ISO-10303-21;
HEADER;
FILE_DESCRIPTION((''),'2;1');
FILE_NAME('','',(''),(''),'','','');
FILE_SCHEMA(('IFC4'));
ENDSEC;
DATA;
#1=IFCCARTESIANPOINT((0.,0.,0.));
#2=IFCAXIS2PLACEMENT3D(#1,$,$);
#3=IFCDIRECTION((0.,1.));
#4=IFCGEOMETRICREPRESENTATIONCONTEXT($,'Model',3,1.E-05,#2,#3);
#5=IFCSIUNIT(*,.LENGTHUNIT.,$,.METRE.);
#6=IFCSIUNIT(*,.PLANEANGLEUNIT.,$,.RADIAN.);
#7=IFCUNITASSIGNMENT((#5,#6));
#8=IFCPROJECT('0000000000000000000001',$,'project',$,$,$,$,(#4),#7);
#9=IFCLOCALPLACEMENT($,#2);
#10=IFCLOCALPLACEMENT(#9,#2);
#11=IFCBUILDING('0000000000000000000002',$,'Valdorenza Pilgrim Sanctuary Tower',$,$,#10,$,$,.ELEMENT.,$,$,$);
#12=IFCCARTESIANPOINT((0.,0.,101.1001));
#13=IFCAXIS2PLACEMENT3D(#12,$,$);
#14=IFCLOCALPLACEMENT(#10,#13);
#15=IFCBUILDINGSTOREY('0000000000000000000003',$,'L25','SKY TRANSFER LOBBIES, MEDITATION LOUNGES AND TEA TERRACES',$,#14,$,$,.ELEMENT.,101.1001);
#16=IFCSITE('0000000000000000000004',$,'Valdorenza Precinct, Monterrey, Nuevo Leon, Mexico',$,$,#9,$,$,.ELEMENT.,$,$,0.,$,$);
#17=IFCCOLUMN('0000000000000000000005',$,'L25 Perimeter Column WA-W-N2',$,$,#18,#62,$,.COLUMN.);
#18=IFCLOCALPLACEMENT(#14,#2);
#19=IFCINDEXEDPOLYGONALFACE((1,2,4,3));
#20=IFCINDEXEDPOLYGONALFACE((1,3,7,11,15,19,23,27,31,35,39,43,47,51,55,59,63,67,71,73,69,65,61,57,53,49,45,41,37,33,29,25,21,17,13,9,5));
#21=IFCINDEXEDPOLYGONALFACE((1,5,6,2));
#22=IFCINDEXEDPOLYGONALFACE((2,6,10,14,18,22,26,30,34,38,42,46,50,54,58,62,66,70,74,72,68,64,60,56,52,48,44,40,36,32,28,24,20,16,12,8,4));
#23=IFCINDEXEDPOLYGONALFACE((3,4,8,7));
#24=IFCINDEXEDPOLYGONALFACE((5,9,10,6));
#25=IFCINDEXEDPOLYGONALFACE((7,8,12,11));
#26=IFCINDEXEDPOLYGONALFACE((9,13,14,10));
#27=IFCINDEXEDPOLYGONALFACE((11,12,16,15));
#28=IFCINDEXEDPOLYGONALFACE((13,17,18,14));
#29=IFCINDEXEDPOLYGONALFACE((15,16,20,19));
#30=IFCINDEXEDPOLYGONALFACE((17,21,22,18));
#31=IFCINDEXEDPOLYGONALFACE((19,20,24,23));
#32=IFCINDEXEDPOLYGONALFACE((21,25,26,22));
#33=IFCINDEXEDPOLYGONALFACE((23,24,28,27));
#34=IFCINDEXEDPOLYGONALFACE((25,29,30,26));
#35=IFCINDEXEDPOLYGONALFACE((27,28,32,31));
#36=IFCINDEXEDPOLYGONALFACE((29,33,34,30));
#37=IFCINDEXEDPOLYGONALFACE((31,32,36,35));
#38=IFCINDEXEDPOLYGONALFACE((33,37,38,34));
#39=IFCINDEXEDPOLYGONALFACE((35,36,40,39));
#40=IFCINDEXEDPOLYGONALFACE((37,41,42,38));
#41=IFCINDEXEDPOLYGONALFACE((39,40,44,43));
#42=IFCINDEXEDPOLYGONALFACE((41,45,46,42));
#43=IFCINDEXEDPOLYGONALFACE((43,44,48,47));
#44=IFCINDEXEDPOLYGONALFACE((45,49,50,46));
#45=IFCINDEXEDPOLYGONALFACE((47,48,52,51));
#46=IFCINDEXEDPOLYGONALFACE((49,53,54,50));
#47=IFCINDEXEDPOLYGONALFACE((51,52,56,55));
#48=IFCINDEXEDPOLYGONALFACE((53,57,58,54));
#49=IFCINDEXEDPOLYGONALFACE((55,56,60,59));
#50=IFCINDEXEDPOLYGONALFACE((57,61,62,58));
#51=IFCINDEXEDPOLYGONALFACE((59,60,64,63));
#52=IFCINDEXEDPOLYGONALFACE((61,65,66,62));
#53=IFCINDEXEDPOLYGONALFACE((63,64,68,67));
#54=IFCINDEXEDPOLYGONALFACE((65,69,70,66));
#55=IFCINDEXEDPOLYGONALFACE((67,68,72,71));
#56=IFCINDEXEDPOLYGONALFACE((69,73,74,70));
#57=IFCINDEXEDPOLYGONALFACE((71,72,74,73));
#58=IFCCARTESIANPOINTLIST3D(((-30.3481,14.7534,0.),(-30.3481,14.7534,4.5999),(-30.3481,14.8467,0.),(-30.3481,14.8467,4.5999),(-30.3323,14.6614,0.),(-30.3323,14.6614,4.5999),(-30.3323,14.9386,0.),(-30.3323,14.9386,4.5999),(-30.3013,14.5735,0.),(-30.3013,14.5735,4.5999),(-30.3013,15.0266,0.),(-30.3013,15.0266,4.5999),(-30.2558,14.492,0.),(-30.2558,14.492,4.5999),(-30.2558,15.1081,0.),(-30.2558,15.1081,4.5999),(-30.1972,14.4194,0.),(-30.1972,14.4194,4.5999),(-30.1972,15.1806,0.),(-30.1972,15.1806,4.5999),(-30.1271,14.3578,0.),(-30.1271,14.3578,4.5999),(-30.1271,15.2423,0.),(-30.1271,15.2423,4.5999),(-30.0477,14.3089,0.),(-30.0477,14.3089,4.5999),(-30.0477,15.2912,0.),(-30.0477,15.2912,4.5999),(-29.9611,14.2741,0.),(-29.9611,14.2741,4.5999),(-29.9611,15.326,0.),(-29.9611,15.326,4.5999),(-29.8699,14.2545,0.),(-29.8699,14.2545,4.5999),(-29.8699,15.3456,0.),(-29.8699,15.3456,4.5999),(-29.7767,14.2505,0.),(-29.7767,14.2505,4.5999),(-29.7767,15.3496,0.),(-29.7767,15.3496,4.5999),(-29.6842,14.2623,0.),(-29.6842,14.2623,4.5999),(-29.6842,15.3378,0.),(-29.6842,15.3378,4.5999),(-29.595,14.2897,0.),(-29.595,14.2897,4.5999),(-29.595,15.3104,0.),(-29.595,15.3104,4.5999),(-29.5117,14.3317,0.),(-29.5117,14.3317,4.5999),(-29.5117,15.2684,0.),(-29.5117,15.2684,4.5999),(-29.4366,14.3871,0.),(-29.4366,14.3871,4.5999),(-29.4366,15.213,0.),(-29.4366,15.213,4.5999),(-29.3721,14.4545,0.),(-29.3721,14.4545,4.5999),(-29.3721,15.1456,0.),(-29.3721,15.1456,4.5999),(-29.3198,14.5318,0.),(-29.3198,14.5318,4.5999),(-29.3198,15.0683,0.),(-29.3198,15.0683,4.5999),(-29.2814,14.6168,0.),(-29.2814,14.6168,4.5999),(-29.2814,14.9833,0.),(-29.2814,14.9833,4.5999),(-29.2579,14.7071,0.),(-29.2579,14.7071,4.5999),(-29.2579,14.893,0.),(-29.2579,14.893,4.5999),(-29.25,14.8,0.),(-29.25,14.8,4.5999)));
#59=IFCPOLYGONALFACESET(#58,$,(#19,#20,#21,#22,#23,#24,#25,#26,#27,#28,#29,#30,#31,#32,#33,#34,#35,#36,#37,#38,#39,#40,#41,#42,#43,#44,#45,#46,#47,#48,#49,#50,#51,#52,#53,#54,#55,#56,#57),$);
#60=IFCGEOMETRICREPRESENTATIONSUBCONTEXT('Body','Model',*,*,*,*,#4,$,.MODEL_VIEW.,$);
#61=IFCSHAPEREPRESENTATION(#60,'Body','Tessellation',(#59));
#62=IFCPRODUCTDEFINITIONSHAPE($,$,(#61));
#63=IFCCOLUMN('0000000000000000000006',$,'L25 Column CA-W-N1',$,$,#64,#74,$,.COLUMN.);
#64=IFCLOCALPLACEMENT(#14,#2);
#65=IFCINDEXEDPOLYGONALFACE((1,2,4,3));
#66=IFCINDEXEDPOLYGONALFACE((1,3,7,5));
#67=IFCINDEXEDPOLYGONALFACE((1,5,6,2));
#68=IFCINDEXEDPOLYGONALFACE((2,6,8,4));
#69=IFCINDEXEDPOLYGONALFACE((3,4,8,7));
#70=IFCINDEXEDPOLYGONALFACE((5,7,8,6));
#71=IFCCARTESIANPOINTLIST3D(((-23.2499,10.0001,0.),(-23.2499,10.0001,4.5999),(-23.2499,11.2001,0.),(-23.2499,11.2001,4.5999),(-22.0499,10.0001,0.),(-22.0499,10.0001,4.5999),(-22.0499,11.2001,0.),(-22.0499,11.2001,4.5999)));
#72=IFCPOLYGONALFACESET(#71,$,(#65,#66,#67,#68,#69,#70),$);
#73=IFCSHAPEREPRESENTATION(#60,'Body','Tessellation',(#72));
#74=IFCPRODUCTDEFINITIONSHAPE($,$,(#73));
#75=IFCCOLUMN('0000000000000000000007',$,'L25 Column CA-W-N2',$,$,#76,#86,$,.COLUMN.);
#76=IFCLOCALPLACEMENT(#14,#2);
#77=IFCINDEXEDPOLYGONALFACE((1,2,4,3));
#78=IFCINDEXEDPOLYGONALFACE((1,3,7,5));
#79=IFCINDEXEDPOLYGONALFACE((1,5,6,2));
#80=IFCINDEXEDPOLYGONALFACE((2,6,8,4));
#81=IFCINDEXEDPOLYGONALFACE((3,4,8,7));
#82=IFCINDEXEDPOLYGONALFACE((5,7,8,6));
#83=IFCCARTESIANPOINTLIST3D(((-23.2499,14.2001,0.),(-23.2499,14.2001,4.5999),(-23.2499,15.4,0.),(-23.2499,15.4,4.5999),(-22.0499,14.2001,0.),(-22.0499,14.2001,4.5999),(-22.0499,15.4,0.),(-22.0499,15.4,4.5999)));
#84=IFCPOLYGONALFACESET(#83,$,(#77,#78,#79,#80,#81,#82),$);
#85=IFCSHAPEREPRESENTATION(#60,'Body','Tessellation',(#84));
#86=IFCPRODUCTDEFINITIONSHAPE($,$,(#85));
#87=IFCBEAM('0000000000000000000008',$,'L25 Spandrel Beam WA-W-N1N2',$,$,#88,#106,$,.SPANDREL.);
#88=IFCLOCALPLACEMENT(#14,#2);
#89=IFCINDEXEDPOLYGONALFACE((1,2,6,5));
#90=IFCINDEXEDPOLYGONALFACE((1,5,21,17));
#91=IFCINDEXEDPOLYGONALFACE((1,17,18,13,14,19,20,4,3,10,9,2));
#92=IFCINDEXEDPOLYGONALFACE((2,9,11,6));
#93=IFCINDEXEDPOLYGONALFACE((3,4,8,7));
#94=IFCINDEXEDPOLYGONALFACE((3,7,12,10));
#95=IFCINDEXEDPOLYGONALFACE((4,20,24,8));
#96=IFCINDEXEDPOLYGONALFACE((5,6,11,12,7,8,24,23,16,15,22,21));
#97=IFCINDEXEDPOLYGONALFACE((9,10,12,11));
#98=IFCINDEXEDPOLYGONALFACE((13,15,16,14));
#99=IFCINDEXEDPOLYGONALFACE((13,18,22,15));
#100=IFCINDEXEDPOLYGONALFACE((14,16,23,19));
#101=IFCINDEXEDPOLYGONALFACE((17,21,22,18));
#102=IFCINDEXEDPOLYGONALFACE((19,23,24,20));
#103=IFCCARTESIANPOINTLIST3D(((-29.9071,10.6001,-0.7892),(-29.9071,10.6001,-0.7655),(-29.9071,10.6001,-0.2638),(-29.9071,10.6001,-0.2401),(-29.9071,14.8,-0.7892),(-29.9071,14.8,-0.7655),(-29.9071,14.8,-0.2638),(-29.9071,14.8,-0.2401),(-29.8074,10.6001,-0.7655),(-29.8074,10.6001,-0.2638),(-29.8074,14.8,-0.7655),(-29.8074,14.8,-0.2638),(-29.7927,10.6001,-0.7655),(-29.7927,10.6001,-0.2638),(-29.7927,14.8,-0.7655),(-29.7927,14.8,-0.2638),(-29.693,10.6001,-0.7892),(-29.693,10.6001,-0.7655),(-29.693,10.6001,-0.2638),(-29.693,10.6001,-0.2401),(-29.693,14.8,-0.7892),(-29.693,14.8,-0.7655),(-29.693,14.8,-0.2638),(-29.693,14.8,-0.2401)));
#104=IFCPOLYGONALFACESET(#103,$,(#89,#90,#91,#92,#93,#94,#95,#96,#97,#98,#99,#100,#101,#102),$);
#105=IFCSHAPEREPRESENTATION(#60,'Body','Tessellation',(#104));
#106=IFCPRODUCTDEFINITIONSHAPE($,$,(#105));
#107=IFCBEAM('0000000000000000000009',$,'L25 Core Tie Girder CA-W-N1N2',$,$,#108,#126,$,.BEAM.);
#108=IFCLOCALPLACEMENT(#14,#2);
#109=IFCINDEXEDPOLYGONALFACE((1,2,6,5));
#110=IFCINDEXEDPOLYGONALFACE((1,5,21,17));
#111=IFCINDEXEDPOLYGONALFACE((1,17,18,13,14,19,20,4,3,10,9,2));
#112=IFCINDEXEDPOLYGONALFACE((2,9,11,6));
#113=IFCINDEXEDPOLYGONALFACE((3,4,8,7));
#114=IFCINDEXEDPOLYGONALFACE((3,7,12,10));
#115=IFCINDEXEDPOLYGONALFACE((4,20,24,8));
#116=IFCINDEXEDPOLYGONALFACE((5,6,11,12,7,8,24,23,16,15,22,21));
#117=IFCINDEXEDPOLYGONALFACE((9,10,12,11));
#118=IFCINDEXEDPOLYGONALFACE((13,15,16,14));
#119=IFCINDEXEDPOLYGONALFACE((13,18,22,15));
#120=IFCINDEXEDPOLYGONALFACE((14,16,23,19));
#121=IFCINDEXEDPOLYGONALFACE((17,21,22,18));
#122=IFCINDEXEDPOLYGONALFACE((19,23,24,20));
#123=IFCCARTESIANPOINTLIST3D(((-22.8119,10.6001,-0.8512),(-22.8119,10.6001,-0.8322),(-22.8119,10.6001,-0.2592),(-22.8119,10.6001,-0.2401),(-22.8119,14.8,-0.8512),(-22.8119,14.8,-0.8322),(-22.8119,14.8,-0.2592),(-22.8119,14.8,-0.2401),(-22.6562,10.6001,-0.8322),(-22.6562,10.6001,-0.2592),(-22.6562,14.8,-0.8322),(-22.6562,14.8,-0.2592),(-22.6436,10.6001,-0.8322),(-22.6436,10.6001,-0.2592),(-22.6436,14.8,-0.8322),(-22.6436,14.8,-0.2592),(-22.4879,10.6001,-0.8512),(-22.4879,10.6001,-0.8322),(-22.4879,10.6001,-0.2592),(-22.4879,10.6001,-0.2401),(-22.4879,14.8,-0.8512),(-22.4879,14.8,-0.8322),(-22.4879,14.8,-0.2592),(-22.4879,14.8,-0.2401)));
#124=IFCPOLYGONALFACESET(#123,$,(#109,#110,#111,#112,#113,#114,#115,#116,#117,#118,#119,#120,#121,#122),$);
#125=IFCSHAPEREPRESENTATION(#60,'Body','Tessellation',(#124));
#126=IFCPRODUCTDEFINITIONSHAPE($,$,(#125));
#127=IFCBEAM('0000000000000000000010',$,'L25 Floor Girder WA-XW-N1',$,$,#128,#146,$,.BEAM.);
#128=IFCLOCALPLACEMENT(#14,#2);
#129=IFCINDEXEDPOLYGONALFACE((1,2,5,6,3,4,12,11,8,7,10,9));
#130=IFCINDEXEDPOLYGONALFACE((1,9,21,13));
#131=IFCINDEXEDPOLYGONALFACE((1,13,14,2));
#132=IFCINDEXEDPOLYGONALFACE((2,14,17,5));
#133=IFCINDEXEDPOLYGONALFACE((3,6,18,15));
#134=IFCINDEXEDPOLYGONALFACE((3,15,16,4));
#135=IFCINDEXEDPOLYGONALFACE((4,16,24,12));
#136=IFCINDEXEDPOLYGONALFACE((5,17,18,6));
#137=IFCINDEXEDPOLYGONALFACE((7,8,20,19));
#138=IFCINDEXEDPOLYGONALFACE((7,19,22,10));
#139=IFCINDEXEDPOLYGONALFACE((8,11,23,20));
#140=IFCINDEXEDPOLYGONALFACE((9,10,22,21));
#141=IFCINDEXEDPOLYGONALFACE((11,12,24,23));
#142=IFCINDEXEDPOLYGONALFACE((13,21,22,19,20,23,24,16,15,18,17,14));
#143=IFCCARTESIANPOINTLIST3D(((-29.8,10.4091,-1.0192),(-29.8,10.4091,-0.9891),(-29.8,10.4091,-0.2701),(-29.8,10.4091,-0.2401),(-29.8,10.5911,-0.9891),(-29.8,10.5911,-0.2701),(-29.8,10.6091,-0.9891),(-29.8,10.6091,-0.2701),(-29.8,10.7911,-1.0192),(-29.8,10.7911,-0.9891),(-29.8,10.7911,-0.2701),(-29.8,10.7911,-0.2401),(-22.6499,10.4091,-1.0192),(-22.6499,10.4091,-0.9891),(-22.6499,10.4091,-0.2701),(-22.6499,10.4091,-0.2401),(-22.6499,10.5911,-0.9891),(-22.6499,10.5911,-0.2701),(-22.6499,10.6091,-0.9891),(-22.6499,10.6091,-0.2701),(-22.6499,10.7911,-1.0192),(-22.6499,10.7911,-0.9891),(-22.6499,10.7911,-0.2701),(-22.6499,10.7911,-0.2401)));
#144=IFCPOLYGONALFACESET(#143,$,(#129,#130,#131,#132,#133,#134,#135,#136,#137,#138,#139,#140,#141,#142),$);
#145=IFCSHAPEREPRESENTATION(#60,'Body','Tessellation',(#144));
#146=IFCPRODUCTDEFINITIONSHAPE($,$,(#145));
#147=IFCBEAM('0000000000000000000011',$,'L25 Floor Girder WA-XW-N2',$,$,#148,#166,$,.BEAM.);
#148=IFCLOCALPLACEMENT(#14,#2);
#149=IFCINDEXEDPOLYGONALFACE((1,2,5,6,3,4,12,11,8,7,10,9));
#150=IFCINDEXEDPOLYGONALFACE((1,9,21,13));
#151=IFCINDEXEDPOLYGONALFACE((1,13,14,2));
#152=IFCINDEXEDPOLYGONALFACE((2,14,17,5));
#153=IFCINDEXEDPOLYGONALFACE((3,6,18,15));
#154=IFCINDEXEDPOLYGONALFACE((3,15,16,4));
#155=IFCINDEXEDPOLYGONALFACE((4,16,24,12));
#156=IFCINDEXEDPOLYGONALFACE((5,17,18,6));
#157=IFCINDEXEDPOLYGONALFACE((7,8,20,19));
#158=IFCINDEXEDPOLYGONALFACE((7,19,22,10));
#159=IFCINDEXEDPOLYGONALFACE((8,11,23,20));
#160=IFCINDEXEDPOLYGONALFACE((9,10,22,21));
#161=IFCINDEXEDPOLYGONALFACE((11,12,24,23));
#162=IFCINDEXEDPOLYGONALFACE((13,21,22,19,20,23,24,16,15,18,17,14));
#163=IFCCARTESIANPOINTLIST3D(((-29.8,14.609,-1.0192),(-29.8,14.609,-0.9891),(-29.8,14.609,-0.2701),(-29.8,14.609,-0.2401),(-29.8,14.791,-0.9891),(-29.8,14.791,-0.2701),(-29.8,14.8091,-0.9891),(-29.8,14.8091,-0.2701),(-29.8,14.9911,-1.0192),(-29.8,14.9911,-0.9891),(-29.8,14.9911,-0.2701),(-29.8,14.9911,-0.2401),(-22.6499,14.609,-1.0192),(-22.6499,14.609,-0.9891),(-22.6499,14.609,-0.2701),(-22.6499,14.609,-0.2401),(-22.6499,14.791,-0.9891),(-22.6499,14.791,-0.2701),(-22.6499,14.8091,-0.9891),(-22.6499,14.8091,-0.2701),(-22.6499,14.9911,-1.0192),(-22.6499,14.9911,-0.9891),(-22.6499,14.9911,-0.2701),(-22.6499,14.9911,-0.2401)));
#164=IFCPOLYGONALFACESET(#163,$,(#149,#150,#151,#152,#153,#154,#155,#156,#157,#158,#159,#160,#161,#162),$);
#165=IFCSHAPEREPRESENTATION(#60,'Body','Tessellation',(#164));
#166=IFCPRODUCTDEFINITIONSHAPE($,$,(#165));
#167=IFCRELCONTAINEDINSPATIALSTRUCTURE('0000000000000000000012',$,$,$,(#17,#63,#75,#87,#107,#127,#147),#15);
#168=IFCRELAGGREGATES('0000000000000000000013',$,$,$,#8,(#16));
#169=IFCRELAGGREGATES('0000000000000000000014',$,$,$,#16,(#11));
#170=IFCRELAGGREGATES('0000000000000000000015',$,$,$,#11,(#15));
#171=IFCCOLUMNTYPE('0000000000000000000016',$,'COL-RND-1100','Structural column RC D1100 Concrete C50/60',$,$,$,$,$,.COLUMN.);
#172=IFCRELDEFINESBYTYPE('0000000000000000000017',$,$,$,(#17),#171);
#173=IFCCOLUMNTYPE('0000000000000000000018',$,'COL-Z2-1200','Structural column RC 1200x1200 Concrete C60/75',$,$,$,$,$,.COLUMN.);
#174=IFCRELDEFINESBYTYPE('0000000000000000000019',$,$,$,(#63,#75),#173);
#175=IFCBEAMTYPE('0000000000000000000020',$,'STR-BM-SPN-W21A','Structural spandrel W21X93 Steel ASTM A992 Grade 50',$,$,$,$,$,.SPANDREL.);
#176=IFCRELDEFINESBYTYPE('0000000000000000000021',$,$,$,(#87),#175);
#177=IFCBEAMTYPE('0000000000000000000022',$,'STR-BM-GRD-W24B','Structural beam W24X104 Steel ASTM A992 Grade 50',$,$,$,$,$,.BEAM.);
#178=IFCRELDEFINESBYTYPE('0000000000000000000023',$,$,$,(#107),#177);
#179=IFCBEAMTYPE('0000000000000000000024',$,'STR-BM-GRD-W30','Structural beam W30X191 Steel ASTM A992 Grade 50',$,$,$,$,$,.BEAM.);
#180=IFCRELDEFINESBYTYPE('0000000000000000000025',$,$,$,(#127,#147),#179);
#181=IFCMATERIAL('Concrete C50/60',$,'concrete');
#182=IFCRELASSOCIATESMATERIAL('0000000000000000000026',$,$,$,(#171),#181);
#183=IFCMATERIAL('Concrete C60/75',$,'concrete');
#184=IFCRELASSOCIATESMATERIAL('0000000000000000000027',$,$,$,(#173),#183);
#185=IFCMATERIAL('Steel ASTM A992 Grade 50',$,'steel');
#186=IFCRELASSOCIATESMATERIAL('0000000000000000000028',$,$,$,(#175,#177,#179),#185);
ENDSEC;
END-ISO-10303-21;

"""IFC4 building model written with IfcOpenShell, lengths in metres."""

from ifc_helpers import new_model, si_unit, direction, frame, origin, origin_2d, place, context, subcontext, project, spatial, rectangle, circle, i_section, extrude, source, transform, mapped, material, material_profile, profile_set, type_object, element, save


model = new_model("IFC4")

# Units and contexts
model_context = context("Model", 3, precision=1e-05, world=origin(), true_north=direction((0.0, 1.0)))
body_context = subcontext(model_context, "Body", "Model", "MODEL_VIEW")
ifc_project = project(units=[si_unit("LENGTHUNIT", "METRE"), si_unit("PLANEANGLEUNIT", "RADIAN")], contexts=[model_context])

# Site, building, storey
site_placement = place(None, origin())
site = spatial("IfcSite", under=ifc_project, at=site_placement, Name="Valdorenza Precinct, Monterrey, Nuevo Leon, Mexico", CompositionType="ELEMENT", RefElevation=0.0)
building_placement = place(site_placement, origin())
building = spatial("IfcBuilding", under=site, at=building_placement, Name="Valdorenza Pilgrim Sanctuary Tower", CompositionType="ELEMENT")
storey_placement = place(building_placement, frame((0.0, 0.0, 101.1001)))
storey = spatial("IfcBuildingStorey", under=building, at=storey_placement, Name="L25", Description="SKY TRANSFER LOBBIES, MEDITATION LOUNGES AND TEA TERRACES", CompositionType="ELEMENT", Elevation=101.1001)

# Columns
ifc_material_1 = material(Name="Concrete C50/60", Category="concrete")
ifc_material_profile_1 = material_profile(ifc_material_1, circle(Radius=0.55, at=origin_2d()), Name="RC D1100")
ifc_profile_set_1 = profile_set([ifc_material_profile_1], Name="Concrete C50/60")
column_type_1 = type_object("IfcColumnType", Name="COL-RND-1100", Description="Structural column RC D1100 Concrete C50/60", PredefinedType="COLUMN", material=ifc_profile_set_1)
shared_shape_1 = source(origin(), body_context, "Body", "SweptSolid", [
    extrude(circle(Radius=0.55, at=origin_2d()), origin(), (0.0, 0.0, 1.0), 4.5999),
])
column_placement = place(storey_placement, frame((-29.8, 14.8, 0.0), z_axis=(0.0, 0.0, 1.0), x_axis=(1.0, 0.0, 0.0)))
element("IfcColumn", 1, at=column_placement, inside=storey, type_object=column_type_1, Name="L25 Perimeter Column WA-W-N2", PredefinedType="COLUMN", context=body_context, shape_type="MappedRepresentation", body=[
    mapped(shared_shape_1, transform((0.0, 0.0, 0.0), x_axis=(1.0, 0.0, 0.0), y_axis=(0.0, 1.0, 0.0), z_axis=(0.0, 0.0, 1.0), scale=1.0)),
])
ifc_material_2 = material(Name="Concrete C60/75", Category="concrete")
ifc_material_profile_2 = material_profile(ifc_material_2, rectangle(XDim=1.2, YDim=1.2, at=origin_2d()), Name="RC 1200x1200")
ifc_profile_set_2 = profile_set([ifc_material_profile_2], Name="Concrete C60/75")
column_type_2 = type_object("IfcColumnType", Name="COL-Z2-1200", Description="Structural column RC 1200x1200 Concrete C60/75", PredefinedType="COLUMN", material=ifc_profile_set_2)
shared_shape_2 = source(origin(), body_context, "Body", "SweptSolid", [
    extrude(rectangle(XDim=1.2, YDim=1.2, at=origin_2d()), origin(), (0.0, 0.0, 1.0), 4.5999),
])
for number, where, z_axis, x_axis, name in (
    (2, (-22.6499, 10.6001, 0.0), (0.0, 0.0, 1.0), (1.0, 0.0, 0.0), "L25 Column CA-W-N1"),
    (3, (-22.6499, 14.8, 0.0), (0.0, 0.0, 1.0), (1.0, 0.0, 0.0), "L25 Column CA-W-N2"),
):
    element("IfcColumn", number, at=place(storey_placement, frame(where, z_axis=z_axis, x_axis=x_axis)), inside=storey, type_object=column_type_2, Name=name, PredefinedType="COLUMN", context=body_context, shape_type="MappedRepresentation", body=[
        mapped(shared_shape_2, transform((0.0, 0.0, 0.0), x_axis=(1.0, 0.0, 0.0), y_axis=(0.0, 1.0, 0.0), z_axis=(0.0, 0.0, 1.0), scale=1.0)),
    ])

# Beams
ifc_material_3 = material(Name="Steel ASTM A992 Grade 50", Category="steel")
ifc_material_profile_3 = material_profile(ifc_material_3, i_section(OverallWidth=0.2141, OverallDepth=0.5491, WebThickness=0.0146, FlangeThickness=0.0237, at=origin_2d()), Name="W21X93")
ifc_profile_set_3 = profile_set([ifc_material_profile_3], Name="Steel ASTM A992 Grade 50")
beam_type_1 = type_object("IfcBeamType", Name="STR-BM-SPN-W21A", Description="Structural spandrel W21X93 Steel ASTM A992 Grade 50", PredefinedType="SPANDREL", material=ifc_profile_set_3)
shared_shape_3 = source(origin(), body_context, "Body", "SweptSolid", [
    extrude(i_section(OverallWidth=0.2141, OverallDepth=0.5491, WebThickness=0.0146, FlangeThickness=0.0237, at=origin_2d()), origin(), (0.0, 0.0, 1.0), 4.2),
])
beam_1_placement = place(storey_placement, frame((-29.8, 10.6001, -0.5146), z_axis=(0.0, 1.0, 0.0), x_axis=(-1.0, 0.0, 0.0)))
element("IfcBeam", 4, at=beam_1_placement, inside=storey, type_object=beam_type_1, Name="L25 Spandrel Beam WA-W-N1N2", PredefinedType="SPANDREL", context=body_context, shape_type="MappedRepresentation", body=[
    mapped(shared_shape_3, transform((0.0, 0.0, 0.0), x_axis=(1.0, 0.0, 0.0), y_axis=(0.0, 1.0, 0.0), z_axis=(0.0, 0.0, 1.0), scale=1.0)),
])
ifc_material_profile_4 = material_profile(ifc_material_3, i_section(OverallWidth=0.324, OverallDepth=0.6111, WebThickness=0.0127, FlangeThickness=0.019, at=origin_2d()), Name="W24X104")
ifc_profile_set_4 = profile_set([ifc_material_profile_4], Name="Steel ASTM A992 Grade 50")
beam_type_2 = type_object("IfcBeamType", Name="STR-BM-GRD-W24B", Description="Structural beam W24X104 Steel ASTM A992 Grade 50", PredefinedType="BEAM", material=ifc_profile_set_4)
shared_shape_4 = source(origin(), body_context, "Body", "SweptSolid", [
    extrude(i_section(OverallWidth=0.324, OverallDepth=0.6111, WebThickness=0.0127, FlangeThickness=0.019, at=origin_2d()), origin(), (0.0, 0.0, 1.0), 4.2),
])
beam_2_placement = place(storey_placement, frame((-22.6499, 10.6001, -0.5457), z_axis=(0.0, 1.0, 0.0), x_axis=(-1.0, 0.0, 0.0)))
element("IfcBeam", 5, at=beam_2_placement, inside=storey, type_object=beam_type_2, Name="L25 Core Tie Girder CA-W-N1N2", PredefinedType="BEAM", context=body_context, shape_type="MappedRepresentation", body=[
    mapped(shared_shape_4, transform((0.0, 0.0, 0.0), x_axis=(1.0, 0.0, 0.0), y_axis=(0.0, 1.0, 0.0), z_axis=(0.0, 0.0, 1.0), scale=1.0)),
])
ifc_material_profile_5 = material_profile(ifc_material_3, i_section(OverallWidth=0.3821, OverallDepth=0.7791, WebThickness=0.0181, FlangeThickness=0.03, at=origin_2d()), Name="W30X191")
ifc_profile_set_5 = profile_set([ifc_material_profile_5], Name="Steel ASTM A992 Grade 50")
beam_type_3 = type_object("IfcBeamType", Name="STR-BM-GRD-W30", Description="Structural beam W30X191 Steel ASTM A992 Grade 50", PredefinedType="BEAM", material=ifc_profile_set_5)
shared_shape_5 = source(origin(), body_context, "Body", "SweptSolid", [
    extrude(i_section(OverallWidth=0.3821, OverallDepth=0.7791, WebThickness=0.0181, FlangeThickness=0.03, at=origin_2d()), origin(), (0.0, 0.0, 1.0), 7.1501),
])
for number, where, z_axis, x_axis, name in (
    (6, (-29.8, 10.6001, -0.6296), (1.0, 0.0, 0.0), (0.0, 1.0, 0.0), "L25 Floor Girder WA-XW-N1"),
    (7, (-29.8, 14.8, -0.6296), (1.0, 0.0, 0.0), (0.0, 1.0, 0.0), "L25 Floor Girder WA-XW-N2"),
):
    element("IfcBeam", number, at=place(storey_placement, frame(where, z_axis=z_axis, x_axis=x_axis)), inside=storey, type_object=beam_type_3, Name=name, PredefinedType="BEAM", context=body_context, shape_type="MappedRepresentation", body=[
        mapped(shared_shape_5, transform((0.0, 0.0, 0.0), x_axis=(1.0, 0.0, 0.0), y_axis=(0.0, 1.0, 0.0), z_axis=(0.0, 0.0, 1.0), scale=1.0)),
    ])

save(model, "model.ifc")
